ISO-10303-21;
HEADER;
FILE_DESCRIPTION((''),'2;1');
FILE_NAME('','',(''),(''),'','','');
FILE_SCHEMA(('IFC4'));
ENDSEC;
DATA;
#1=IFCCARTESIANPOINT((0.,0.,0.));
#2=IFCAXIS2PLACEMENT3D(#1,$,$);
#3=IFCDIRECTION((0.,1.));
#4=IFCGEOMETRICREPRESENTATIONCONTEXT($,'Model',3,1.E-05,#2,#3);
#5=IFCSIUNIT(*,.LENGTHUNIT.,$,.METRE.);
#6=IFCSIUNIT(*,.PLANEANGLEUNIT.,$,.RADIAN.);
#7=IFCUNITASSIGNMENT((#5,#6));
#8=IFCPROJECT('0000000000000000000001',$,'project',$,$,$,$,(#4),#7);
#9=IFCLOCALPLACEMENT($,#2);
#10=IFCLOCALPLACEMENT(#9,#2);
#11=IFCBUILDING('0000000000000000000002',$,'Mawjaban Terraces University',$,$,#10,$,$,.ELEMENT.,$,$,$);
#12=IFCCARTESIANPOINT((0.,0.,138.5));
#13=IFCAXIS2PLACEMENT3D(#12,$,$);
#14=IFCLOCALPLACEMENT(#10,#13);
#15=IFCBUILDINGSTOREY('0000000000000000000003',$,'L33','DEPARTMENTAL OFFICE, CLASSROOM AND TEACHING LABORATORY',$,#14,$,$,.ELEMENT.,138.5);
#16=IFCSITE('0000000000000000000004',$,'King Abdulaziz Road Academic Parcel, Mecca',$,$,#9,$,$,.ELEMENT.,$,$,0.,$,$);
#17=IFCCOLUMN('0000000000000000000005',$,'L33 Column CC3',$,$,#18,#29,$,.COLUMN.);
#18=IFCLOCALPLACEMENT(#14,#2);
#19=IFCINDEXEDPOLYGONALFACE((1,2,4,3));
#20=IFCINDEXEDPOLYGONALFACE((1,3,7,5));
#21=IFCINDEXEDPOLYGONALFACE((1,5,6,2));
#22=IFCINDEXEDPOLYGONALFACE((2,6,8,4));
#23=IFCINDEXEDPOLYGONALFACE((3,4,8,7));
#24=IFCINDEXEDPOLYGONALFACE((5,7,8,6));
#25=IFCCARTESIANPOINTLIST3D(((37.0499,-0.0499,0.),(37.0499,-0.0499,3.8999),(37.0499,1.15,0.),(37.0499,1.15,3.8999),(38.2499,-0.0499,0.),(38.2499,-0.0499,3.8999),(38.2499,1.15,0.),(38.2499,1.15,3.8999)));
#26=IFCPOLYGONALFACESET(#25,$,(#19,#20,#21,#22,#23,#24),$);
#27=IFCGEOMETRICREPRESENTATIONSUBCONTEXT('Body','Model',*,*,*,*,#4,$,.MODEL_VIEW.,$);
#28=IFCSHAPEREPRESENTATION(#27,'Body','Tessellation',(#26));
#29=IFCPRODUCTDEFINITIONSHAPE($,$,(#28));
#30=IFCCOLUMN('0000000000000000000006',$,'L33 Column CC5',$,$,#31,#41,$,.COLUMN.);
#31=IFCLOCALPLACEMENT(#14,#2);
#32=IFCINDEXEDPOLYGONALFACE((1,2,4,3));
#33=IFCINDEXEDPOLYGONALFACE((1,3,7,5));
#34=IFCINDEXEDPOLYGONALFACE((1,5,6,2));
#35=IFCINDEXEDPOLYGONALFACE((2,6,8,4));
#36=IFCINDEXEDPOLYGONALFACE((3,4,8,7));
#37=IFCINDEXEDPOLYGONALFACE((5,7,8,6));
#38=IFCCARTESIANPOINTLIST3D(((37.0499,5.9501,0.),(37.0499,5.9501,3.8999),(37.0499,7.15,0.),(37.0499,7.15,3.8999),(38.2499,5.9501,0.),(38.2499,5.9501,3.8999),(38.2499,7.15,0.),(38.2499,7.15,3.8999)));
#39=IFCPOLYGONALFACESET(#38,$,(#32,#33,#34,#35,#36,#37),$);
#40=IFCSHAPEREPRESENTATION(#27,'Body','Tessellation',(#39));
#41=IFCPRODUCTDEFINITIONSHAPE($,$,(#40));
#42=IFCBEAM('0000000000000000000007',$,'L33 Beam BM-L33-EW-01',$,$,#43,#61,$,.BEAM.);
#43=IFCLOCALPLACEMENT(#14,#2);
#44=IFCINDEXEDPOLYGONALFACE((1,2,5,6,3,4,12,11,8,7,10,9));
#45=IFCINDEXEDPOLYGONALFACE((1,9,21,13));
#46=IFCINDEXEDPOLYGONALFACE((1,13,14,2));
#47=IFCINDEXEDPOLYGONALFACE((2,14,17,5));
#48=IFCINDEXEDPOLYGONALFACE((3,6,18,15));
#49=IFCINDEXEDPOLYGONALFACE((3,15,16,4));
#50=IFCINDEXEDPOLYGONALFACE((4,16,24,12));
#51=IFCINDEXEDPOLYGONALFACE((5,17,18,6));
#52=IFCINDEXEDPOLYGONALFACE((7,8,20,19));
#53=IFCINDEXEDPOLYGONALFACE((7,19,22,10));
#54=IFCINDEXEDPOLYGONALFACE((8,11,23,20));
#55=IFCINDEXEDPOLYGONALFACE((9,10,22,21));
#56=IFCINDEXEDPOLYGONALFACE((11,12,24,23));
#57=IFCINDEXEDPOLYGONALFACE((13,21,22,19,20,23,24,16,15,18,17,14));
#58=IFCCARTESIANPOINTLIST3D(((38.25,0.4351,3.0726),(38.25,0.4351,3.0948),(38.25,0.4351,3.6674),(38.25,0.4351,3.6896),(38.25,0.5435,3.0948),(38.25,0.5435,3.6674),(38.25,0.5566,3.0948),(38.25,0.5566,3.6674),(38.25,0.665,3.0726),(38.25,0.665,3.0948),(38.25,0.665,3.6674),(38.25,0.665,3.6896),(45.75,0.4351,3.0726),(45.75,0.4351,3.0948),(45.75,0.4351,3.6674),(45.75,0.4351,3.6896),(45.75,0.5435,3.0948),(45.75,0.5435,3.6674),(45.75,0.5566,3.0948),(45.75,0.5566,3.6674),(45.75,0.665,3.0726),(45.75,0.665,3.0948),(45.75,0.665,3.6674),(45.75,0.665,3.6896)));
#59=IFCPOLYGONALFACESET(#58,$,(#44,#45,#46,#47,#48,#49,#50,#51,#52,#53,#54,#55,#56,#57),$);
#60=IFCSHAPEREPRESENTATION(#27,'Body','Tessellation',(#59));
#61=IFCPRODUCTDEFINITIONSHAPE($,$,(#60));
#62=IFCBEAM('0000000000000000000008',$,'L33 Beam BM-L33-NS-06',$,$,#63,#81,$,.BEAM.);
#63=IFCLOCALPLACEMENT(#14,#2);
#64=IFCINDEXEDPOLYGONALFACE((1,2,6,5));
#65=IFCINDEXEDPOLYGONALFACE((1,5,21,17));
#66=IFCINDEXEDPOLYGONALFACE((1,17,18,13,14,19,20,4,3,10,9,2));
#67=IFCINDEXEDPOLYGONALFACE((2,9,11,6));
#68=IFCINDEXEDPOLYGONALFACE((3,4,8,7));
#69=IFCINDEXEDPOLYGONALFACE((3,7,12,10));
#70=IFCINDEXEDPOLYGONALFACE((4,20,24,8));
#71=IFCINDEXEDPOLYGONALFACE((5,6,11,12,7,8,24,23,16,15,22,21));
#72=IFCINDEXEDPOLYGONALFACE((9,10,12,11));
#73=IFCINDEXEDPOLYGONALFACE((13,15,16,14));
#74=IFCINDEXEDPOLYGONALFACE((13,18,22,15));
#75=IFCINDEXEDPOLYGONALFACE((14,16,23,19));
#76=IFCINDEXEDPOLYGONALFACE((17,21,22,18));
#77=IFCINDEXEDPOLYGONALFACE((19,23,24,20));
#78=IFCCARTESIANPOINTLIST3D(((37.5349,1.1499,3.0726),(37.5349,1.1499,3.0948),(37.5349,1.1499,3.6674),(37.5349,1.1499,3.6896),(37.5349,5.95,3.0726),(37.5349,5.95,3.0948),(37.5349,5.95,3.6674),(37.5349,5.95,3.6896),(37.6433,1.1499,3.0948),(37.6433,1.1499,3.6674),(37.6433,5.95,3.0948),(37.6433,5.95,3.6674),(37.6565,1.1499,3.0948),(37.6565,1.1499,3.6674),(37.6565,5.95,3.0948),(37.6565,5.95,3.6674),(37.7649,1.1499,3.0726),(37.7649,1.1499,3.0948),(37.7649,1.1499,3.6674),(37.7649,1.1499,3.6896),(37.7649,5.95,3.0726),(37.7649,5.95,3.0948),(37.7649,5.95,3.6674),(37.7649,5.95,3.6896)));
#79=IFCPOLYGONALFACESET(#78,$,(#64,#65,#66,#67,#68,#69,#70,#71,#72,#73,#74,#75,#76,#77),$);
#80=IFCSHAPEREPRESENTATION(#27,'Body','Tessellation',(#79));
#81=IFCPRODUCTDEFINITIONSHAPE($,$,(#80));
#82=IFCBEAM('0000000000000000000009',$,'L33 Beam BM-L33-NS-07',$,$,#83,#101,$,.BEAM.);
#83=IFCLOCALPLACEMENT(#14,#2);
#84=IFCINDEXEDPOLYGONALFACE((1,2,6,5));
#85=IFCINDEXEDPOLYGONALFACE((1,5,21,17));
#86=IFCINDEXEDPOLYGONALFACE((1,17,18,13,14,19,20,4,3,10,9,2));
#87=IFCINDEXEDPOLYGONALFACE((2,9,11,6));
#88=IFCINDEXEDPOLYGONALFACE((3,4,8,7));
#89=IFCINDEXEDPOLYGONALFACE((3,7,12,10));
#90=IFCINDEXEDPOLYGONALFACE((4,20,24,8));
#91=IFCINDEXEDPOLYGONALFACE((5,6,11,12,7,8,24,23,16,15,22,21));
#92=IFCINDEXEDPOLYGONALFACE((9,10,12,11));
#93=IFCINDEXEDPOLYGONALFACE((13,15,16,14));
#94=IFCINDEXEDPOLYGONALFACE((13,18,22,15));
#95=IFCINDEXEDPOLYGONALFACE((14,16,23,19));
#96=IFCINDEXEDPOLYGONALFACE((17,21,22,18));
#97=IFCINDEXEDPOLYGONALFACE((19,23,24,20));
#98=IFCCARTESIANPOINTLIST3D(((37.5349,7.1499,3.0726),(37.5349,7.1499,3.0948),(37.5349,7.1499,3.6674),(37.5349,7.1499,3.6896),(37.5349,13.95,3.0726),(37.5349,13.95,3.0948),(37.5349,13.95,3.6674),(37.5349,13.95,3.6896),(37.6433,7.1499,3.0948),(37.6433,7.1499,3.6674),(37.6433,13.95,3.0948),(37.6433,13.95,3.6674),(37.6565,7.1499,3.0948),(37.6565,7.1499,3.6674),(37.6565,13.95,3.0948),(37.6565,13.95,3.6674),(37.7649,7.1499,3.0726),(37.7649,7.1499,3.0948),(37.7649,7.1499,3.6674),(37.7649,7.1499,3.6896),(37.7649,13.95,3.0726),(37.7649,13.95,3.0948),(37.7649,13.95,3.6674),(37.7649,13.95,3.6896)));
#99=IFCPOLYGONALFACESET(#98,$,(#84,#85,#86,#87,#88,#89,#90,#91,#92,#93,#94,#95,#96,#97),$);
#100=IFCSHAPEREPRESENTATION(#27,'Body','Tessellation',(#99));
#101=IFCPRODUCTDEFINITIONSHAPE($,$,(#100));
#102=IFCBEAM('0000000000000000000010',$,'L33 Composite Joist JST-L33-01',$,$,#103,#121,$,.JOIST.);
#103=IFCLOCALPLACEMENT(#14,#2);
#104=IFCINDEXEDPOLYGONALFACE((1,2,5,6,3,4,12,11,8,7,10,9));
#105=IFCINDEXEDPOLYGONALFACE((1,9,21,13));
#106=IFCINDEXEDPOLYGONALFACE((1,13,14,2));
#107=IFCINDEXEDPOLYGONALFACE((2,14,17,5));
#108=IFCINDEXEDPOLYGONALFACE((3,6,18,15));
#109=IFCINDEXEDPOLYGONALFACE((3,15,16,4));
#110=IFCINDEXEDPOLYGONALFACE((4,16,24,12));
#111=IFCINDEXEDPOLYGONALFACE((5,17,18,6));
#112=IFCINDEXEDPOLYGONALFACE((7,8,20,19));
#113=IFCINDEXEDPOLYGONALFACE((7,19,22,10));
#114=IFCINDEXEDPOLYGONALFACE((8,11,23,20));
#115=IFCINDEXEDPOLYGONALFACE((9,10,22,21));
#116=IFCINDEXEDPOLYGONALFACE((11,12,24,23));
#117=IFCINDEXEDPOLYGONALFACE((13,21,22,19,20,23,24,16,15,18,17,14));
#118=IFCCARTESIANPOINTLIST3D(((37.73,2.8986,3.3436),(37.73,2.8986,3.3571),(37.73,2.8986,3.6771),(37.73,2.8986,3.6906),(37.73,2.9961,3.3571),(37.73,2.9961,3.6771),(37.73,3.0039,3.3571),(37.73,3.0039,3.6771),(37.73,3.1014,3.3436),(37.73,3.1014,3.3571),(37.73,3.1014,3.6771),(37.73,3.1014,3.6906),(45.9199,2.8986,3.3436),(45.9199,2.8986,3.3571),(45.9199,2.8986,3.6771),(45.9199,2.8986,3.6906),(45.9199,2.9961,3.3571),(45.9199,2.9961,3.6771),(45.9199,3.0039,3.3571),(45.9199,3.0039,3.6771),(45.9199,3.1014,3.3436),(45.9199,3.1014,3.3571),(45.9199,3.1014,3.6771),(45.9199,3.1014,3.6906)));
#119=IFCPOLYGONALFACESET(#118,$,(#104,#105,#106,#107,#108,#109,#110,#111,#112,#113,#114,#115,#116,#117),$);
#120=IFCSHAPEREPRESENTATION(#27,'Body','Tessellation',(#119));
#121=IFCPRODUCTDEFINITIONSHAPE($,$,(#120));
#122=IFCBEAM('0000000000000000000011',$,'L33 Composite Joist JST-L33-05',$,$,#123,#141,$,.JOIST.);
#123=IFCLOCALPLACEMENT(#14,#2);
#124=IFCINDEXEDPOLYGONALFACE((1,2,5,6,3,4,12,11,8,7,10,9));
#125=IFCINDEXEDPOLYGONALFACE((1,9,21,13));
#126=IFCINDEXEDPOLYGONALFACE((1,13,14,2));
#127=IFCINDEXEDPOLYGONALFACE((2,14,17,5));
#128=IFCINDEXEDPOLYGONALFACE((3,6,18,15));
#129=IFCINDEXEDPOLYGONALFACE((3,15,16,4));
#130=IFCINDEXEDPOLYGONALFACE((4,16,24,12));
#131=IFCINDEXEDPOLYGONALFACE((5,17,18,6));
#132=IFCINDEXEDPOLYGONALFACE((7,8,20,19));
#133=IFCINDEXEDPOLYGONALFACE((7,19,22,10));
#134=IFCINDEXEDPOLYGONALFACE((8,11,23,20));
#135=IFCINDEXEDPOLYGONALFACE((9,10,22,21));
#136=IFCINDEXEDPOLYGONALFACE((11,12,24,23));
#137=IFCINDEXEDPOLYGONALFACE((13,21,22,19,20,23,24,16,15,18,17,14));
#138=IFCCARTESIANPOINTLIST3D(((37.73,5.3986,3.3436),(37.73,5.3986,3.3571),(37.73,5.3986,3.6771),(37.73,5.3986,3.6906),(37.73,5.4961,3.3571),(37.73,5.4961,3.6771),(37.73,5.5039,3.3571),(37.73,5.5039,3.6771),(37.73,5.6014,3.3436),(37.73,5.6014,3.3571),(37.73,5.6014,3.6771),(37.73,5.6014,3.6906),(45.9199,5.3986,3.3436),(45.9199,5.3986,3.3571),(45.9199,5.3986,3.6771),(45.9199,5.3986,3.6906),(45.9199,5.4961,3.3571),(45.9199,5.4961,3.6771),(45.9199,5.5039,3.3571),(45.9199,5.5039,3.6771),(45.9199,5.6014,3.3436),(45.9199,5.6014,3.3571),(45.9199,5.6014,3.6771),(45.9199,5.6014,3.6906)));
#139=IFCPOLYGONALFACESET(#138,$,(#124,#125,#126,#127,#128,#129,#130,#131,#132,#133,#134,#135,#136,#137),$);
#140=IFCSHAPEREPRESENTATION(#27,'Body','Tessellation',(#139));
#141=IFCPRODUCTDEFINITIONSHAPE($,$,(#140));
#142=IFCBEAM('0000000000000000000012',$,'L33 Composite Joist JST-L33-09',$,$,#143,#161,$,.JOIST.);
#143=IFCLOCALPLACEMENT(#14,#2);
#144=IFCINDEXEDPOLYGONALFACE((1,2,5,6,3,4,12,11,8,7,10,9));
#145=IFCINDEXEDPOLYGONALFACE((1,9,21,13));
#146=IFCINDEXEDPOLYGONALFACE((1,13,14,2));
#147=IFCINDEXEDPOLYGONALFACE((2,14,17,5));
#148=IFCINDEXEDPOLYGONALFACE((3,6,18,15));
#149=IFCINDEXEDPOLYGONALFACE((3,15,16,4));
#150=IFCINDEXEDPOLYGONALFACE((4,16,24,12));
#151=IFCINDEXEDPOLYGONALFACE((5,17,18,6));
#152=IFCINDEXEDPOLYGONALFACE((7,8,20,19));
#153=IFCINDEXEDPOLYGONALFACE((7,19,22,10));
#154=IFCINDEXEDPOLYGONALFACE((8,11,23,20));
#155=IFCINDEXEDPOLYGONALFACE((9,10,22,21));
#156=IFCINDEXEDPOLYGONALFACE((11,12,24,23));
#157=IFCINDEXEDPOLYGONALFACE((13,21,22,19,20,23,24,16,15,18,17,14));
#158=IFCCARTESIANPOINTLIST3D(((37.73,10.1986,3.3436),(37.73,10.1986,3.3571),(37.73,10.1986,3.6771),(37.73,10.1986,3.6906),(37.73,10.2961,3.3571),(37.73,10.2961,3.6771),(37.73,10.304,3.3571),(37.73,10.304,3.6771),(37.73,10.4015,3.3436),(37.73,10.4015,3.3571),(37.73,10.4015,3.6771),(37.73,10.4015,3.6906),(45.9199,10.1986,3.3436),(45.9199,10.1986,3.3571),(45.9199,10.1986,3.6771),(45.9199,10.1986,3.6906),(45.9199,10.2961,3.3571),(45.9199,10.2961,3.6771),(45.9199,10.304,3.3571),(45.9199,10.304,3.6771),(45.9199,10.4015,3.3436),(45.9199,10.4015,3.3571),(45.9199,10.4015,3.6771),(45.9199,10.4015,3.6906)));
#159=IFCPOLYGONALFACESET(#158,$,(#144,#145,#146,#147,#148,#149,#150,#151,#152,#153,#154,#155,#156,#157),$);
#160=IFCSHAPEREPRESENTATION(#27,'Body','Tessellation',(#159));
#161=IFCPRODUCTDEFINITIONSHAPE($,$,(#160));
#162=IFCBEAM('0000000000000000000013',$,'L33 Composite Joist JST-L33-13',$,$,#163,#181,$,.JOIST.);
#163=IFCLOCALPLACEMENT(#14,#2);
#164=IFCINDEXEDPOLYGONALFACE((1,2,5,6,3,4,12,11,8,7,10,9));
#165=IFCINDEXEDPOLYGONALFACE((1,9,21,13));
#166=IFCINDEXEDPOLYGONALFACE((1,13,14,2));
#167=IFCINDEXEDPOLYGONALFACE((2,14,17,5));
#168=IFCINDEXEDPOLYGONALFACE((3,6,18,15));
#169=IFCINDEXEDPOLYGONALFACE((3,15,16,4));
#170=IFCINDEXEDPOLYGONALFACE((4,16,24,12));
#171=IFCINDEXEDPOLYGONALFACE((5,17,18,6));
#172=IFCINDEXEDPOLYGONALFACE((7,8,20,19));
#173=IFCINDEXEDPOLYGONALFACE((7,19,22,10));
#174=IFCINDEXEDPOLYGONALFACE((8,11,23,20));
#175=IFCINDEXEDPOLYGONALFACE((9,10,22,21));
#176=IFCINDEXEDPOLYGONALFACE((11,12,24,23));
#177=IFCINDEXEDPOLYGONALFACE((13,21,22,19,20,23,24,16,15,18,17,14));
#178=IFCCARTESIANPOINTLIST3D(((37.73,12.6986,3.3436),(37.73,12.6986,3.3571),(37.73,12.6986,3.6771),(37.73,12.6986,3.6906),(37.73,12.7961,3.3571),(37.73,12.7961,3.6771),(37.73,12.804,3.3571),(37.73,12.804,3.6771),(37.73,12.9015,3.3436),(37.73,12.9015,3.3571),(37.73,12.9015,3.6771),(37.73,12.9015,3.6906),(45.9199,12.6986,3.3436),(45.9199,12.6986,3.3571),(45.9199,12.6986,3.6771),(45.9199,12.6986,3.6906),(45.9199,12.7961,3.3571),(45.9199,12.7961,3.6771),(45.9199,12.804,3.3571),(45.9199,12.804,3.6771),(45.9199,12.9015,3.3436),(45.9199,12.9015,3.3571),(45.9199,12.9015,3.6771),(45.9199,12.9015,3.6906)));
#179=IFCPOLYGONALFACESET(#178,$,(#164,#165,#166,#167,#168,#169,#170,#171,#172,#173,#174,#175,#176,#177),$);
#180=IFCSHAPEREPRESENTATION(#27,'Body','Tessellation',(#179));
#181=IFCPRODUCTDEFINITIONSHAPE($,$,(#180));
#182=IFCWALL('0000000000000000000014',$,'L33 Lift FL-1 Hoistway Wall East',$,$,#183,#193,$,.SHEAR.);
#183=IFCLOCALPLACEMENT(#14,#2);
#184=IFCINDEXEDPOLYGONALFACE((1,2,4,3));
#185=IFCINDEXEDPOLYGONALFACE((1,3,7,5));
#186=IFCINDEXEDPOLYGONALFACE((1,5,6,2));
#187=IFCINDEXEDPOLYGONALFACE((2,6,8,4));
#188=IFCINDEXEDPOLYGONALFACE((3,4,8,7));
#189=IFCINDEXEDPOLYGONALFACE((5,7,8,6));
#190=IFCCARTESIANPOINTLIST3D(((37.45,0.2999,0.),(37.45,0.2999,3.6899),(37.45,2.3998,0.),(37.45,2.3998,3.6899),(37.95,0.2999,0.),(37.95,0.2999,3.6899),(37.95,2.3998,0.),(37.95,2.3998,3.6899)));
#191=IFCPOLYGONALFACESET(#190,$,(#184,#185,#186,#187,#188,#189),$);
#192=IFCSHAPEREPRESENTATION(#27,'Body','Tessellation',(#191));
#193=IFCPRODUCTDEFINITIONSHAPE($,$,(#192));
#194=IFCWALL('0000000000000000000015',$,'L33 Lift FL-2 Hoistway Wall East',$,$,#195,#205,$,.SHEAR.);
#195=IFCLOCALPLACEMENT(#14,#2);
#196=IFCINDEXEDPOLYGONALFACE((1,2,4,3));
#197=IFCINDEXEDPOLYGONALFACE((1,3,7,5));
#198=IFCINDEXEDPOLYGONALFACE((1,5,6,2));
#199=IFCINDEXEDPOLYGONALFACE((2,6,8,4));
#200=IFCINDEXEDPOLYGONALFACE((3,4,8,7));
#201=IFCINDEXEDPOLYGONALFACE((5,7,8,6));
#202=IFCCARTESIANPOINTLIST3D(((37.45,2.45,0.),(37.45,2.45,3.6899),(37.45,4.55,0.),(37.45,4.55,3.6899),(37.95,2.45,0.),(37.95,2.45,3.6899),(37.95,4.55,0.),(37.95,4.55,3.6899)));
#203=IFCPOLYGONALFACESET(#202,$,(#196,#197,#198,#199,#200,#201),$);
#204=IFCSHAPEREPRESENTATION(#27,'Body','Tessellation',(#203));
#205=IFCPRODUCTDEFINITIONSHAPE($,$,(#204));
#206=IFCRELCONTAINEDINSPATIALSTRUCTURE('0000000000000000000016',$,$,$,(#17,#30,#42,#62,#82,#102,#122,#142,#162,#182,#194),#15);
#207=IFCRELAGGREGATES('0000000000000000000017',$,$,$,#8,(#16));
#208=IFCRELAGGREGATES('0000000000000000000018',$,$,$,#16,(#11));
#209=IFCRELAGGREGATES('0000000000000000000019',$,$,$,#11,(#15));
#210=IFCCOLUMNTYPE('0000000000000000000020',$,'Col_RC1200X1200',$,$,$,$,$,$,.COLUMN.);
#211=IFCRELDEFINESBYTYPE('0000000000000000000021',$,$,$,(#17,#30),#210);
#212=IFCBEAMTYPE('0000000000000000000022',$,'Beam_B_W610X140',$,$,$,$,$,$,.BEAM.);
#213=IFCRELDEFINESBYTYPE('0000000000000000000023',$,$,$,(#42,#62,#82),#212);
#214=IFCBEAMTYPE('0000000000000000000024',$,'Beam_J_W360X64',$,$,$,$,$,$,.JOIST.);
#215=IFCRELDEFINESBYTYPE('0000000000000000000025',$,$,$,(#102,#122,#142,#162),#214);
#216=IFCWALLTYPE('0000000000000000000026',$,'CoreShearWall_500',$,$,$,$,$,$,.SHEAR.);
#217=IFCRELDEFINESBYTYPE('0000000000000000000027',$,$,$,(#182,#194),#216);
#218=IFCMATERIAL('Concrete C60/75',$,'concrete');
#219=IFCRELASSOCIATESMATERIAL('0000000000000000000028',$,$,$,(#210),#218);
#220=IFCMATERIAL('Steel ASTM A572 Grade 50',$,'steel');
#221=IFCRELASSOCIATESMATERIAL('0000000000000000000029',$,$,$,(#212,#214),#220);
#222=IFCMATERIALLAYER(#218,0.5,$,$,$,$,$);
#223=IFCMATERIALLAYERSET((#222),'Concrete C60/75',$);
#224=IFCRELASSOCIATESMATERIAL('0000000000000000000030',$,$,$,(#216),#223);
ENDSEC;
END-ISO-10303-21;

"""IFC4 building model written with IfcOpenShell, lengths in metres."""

from ifc_helpers import new_model, si_unit, direction, frame, frame_2d, origin, origin_2d, place, context, subcontext, project, spatial, rectangle, i_section, extrude, material, layer, layer_set, material_profile, profile_set, type_object, element, save


model = new_model("IFC4")

# Units and contexts
model_context = context("Model", 3, precision=1e-05, world=origin(), true_north=direction((0.0, 1.0)))
body_context = subcontext(model_context, "Body", "Model", "MODEL_VIEW")
ifc_project = project(units=[si_unit("LENGTHUNIT", "METRE"), si_unit("PLANEANGLEUNIT", "RADIAN")], contexts=[model_context])

# Site, building, storey
site_placement = place(None, origin())
site = spatial("IfcSite", under=ifc_project, at=site_placement, Name="King Abdulaziz Road Academic Parcel, Mecca", CompositionType="ELEMENT", RefElevation=0.0)
building_placement = place(site_placement, origin())
building = spatial("IfcBuilding", under=site, at=building_placement, Name="Mawjaban Terraces University", CompositionType="ELEMENT")
storey_placement = place(building_placement, frame((0.0, 0.0, 138.5)))
storey = spatial("IfcBuildingStorey", under=building, at=storey_placement, Name="L33", Description="DEPARTMENTAL OFFICE, CLASSROOM AND TEACHING LABORATORY", CompositionType="ELEMENT", Elevation=138.5)

# Columns
ifc_material_1 = material(Name="Concrete C60/75", Category="concrete")
ifc_material_profile_1 = material_profile(ifc_material_1, rectangle(XDim=1.2, YDim=1.2, at=origin_2d()), Name="RC1200X1200")
ifc_profile_set_1 = profile_set([ifc_material_profile_1], Name="Concrete C60/75")
column_type = type_object("IfcColumnType", Name="Col_RC1200X1200", PredefinedType="COLUMN", material=ifc_profile_set_1)
for number, where, z_axis, x_axis, name in (
    (1, (37.6499, 0.55, 0.0), (0.0, 0.0, 1.0), (1.0, 0.0, 0.0), "L33 Column CC3"),
    (2, (37.6499, 6.55, 0.0), (0.0, 0.0, 1.0), (1.0, 0.0, 0.0), "L33 Column CC5"),
):
    element("IfcColumn", number, at=place(storey_placement, frame(where, z_axis=z_axis, x_axis=x_axis)), inside=storey, type_object=column_type, Name=name, PredefinedType="COLUMN", context=body_context, shape_type="SweptSolid", body=[
        extrude(rectangle(XDim=1.2, YDim=1.2, at=origin_2d()), origin(), (0.0, 0.0, 1.0), 3.8999),
    ])

# Beams
ifc_material_2 = material(Name="Steel ASTM A572 Grade 50", Category="steel")
ifc_material_profile_2 = material_profile(ifc_material_2, i_section(OverallWidth=0.23, OverallDepth=0.6169, WebThickness=0.0132, FlangeThickness=0.0222, at=origin_2d()), Name="W610X140")
ifc_profile_set_2 = profile_set([ifc_material_profile_2], Name="Steel ASTM A572 Grade 50")
beam_type_1 = type_object("IfcBeamType", Name="Beam_B_W610X140", PredefinedType="BEAM", material=ifc_profile_set_2)
beam_1_placement = place(storey_placement, frame((38.25, 0.55, 3.3811), z_axis=(1.0, 0.0, 0.0), x_axis=(0.0, 1.0, 0.0)))
element("IfcBeam", 3, at=beam_1_placement, inside=storey, type_object=beam_type_1, Name="L33 Beam BM-L33-EW-01", PredefinedType="BEAM", context=body_context, shape_type="SweptSolid", body=[
    extrude(i_section(OverallWidth=0.23, OverallDepth=0.6169, WebThickness=0.0132, FlangeThickness=0.0222, at=origin_2d()), origin(), (0.0, 0.0, 1.0), 7.5),
])
beam_2_placement = place(storey_placement, frame((37.6499, 1.1499, 3.3811), z_axis=(0.0, 1.0, 0.0), x_axis=(-1.0, 0.0, 0.0)))
element("IfcBeam", 4, at=beam_2_placement, inside=storey, type_object=beam_type_1, Name="L33 Beam BM-L33-NS-06", PredefinedType="BEAM", context=body_context, shape_type="SweptSolid", body=[
    extrude(i_section(OverallWidth=0.23, OverallDepth=0.6169, WebThickness=0.0132, FlangeThickness=0.0222, at=origin_2d()), origin(), (0.0, 0.0, 1.0), 4.8),
])
beam_3_placement = place(storey_placement, frame((37.6499, 7.1499, 3.3811), z_axis=(0.0, 1.0, 0.0), x_axis=(-1.0, 0.0, 0.0)))
element("IfcBeam", 5, at=beam_3_placement, inside=storey, type_object=beam_type_1, Name="L33 Beam BM-L33-NS-07", PredefinedType="BEAM", context=body_context, shape_type="SweptSolid", body=[
    extrude(i_section(OverallWidth=0.23, OverallDepth=0.6169, WebThickness=0.0132, FlangeThickness=0.0222, at=origin_2d()), origin(), (0.0, 0.0, 1.0), 6.8),
])
ifc_material_profile_3 = material_profile(ifc_material_2, i_section(OverallWidth=0.2029, OverallDepth=0.3469, WebThickness=0.0078, FlangeThickness=0.0134, at=origin_2d()), Name="W360X64")
ifc_profile_set_3 = profile_set([ifc_material_profile_3], Name="Steel ASTM A572 Grade 50")
beam_type_2 = type_object("IfcBeamType", Name="Beam_J_W360X64", PredefinedType="JOIST", material=ifc_profile_set_3)
for number, where, z_axis, x_axis, name in (
    (6, (37.73, 3.0, 3.5171), (1.0, 0.0, 0.0), (0.0, 1.0, 0.0), "L33 Composite Joist JST-L33-01"),
    (7, (37.73, 5.5, 3.5171), (1.0, 0.0, 0.0), (0.0, 1.0, 0.0), "L33 Composite Joist JST-L33-05"),
    (8, (37.73, 10.3, 3.5171), (1.0, 0.0, 0.0), (0.0, 1.0, 0.0), "L33 Composite Joist JST-L33-09"),
    (9, (37.73, 12.8, 3.5171), (1.0, 0.0, 0.0), (0.0, 1.0, 0.0), "L33 Composite Joist JST-L33-13"),
):
    element("IfcBeam", number, at=place(storey_placement, frame(where, z_axis=z_axis, x_axis=x_axis)), inside=storey, type_object=beam_type_2, Name=name, PredefinedType="JOIST", context=body_context, shape_type="SweptSolid", body=[
        extrude(i_section(OverallWidth=0.2029, OverallDepth=0.3469, WebThickness=0.0078, FlangeThickness=0.0134, at=origin_2d()), origin(), (0.0, 0.0, 1.0), 8.1899),
    ])

# Walls
ifc_layer_1 = layer(ifc_material_1, 0.5)
ifc_layer_set_1 = layer_set([ifc_layer_1], Name="Concrete C60/75")
wall_type_1 = type_object("IfcWallType", Name="CoreShearWall_500", PredefinedType="SHEAR", material=ifc_layer_set_1)
wall_1_placement = place(storey_placement, frame((37.7, 0.3, 0.0), z_axis=(0.0, 0.0, 1.0), x_axis=(0.0, 1.0, 0.0)))
element("IfcWall", 10, at=wall_1_placement, inside=storey, type_object=wall_type_1, Name="L33 Lift FL-1 Hoistway Wall East", PredefinedType="SHEAR", context=body_context, shape_type="SweptSolid", body=[
    extrude(rectangle(XDim=2.0999, YDim=0.5, at=frame_2d((1.0498, 0.0))), origin(), (0.0, 0.0, 1.0), 3.6899),
])
wall_2_placement = place(storey_placement, frame((37.7, 2.45, 0.0), z_axis=(0.0, 0.0, 1.0), x_axis=(0.0, 1.0, 0.0)))
element("IfcWall", 11, at=wall_2_placement, inside=storey, type_object=wall_type_1, Name="L33 Lift FL-2 Hoistway Wall East", PredefinedType="SHEAR", context=body_context, shape_type="SweptSolid", body=[
    extrude(rectangle(XDim=2.1001, YDim=0.5, at=frame_2d((1.05, 0.0))), origin(), (0.0, 0.0, 1.0), 3.6899),
])

save(model, "model.ifc")
